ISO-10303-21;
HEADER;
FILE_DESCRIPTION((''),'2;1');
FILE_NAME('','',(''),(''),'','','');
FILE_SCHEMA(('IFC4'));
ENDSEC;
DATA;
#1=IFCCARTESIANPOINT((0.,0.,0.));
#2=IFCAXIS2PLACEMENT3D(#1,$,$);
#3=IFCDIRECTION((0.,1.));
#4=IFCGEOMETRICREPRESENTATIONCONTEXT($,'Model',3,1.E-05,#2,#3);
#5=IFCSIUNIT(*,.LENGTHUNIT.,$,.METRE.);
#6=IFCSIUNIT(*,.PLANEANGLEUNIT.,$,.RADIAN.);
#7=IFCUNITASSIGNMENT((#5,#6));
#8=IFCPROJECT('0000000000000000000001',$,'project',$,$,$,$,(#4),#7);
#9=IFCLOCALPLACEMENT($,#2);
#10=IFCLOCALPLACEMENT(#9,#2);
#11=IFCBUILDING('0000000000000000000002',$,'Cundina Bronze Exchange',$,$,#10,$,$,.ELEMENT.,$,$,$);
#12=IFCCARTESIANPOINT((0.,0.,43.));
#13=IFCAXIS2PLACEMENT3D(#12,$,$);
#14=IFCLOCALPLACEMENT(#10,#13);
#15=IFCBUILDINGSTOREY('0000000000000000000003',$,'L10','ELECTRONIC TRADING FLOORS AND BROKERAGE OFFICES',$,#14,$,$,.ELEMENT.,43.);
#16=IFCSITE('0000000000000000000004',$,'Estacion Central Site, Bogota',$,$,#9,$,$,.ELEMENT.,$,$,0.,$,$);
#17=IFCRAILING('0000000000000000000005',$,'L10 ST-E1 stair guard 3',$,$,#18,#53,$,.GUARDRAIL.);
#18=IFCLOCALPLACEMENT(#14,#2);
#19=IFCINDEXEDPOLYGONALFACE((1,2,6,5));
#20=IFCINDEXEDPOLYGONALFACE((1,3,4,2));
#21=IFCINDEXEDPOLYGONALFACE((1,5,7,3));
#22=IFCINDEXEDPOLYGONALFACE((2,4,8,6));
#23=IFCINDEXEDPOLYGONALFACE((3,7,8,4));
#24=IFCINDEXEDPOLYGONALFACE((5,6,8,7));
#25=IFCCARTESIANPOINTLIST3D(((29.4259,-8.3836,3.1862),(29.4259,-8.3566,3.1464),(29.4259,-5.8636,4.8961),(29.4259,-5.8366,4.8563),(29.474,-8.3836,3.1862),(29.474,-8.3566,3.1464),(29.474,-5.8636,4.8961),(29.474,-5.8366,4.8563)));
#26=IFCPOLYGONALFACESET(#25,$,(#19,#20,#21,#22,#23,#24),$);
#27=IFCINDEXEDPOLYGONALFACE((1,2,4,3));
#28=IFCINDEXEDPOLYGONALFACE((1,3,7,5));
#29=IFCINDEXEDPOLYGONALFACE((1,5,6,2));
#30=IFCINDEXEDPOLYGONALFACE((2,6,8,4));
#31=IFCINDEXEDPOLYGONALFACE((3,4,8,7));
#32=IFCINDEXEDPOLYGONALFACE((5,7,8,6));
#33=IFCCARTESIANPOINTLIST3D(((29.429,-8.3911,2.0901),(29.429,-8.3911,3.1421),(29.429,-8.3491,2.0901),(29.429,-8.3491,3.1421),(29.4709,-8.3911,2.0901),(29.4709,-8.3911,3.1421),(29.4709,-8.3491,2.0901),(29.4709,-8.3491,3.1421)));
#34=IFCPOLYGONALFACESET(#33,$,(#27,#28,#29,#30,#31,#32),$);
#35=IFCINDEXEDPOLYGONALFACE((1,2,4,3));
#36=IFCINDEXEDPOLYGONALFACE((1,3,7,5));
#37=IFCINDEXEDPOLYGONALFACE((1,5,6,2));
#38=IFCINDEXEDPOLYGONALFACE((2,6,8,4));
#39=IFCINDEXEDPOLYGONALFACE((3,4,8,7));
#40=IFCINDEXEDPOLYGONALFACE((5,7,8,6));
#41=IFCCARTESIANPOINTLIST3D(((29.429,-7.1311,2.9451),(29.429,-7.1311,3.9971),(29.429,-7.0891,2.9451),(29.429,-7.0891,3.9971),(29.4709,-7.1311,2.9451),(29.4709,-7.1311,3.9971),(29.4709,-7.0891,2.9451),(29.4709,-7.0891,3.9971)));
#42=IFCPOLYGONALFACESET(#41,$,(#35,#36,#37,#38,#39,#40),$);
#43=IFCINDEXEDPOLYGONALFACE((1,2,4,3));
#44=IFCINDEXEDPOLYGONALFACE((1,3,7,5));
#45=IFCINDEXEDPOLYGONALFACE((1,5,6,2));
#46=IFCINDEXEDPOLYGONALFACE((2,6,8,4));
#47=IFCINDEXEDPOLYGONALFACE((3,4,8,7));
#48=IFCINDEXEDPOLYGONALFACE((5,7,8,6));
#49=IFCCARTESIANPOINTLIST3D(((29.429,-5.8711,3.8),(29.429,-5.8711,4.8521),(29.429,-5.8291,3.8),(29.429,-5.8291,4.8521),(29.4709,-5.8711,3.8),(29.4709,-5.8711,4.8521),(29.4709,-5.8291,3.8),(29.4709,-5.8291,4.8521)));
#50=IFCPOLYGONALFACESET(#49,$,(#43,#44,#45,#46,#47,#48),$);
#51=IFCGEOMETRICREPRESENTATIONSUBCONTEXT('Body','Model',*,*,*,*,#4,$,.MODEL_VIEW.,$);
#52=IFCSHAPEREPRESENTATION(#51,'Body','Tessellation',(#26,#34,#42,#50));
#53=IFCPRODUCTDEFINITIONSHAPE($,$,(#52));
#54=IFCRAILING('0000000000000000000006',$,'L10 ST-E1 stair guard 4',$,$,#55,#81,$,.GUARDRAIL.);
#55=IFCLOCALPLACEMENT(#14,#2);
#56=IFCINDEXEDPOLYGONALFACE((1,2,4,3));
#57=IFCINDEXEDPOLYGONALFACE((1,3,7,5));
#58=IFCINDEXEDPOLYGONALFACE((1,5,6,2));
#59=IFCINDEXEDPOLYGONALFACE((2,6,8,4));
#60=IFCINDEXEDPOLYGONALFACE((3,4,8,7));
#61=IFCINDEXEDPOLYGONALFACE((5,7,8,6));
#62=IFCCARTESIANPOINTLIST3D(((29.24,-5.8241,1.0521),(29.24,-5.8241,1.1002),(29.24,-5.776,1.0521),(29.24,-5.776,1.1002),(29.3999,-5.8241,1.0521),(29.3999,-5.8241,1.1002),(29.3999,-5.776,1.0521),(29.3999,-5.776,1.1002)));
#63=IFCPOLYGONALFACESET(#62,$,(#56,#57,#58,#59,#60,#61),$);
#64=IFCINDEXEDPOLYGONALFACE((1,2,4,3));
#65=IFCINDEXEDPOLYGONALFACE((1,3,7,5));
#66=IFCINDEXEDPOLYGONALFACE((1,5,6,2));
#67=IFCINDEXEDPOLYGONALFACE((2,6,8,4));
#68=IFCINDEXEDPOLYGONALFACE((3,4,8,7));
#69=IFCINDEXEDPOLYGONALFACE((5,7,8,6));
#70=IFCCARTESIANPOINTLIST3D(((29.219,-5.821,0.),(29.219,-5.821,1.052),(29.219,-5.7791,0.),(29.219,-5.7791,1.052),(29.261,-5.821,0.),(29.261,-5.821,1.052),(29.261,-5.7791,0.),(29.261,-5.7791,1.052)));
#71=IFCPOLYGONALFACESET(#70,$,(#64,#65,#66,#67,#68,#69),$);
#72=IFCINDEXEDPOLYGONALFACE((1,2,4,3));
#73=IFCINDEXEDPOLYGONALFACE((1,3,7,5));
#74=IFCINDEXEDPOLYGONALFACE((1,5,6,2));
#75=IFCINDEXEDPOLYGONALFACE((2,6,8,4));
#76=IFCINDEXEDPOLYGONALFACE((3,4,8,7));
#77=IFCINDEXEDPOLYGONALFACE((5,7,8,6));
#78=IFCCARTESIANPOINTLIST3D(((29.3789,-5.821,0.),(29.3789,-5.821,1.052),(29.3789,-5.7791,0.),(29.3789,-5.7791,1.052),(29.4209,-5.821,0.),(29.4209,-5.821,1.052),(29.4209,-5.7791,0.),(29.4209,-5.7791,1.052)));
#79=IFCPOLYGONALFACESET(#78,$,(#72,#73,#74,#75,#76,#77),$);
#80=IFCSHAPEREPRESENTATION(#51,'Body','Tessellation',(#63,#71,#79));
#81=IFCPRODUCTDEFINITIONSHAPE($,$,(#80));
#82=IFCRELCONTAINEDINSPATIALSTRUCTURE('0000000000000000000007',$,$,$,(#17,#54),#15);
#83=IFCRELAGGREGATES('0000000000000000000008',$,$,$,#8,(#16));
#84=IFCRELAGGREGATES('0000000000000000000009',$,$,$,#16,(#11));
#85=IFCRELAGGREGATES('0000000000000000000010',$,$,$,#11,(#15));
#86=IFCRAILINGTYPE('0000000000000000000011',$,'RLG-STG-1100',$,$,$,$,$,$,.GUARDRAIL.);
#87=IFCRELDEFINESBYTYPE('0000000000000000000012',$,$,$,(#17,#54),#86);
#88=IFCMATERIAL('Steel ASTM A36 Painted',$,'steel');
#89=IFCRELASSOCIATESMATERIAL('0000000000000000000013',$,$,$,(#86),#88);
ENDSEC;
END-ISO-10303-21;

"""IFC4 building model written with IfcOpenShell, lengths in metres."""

from ifc_helpers import new_model, si_unit, direction, frame, origin, origin_2d, place, context, subcontext, project, spatial, rectangle, extrude, material, type_object, element, save


model = new_model("IFC4")

# Units and contexts
model_context = context("Model", 3, precision=1e-05, world=origin(), true_north=direction((0.0, 1.0)))
body_context = subcontext(model_context, "Body", "Model", "MODEL_VIEW")
ifc_project = project(units=[si_unit("LENGTHUNIT", "METRE"), si_unit("PLANEANGLEUNIT", "RADIAN")], contexts=[model_context])

# Site, building, storey
site_placement = place(None, origin())
site = spatial("IfcSite", under=ifc_project, at=site_placement, Name="Estacion Central Site, Bogota", CompositionType="ELEMENT", RefElevation=0.0)
building_placement = place(site_placement, origin())
building = spatial("IfcBuilding", under=site, at=building_placement, Name="Cundina Bronze Exchange", CompositionType="ELEMENT")
storey_placement = place(building_placement, frame((0.0, 0.0, 43.0)))
storey = spatial("IfcBuildingStorey", under=building, at=storey_placement, Name="L10", Description="ELECTRONIC TRADING FLOORS AND BROKERAGE OFFICES", CompositionType="ELEMENT", Elevation=43.0)

# Railings
ifc_material_1 = material(Name="Steel ASTM A36 Painted", Category="steel")
railing_type_1 = type_object("IfcRailingType", Name="RLG-STG-1100", PredefinedType="GUARDRAIL", material=ifc_material_1)
railing_1_placement = place(storey_placement, frame((29.45, -8.3701, 2.0901)))
element("IfcRailing", 1, at=railing_1_placement, inside=storey, type_object=railing_type_1, Name="L10 ST-E1 stair guard 3", PredefinedType="GUARDRAIL", context=body_context, shape_type="SweptSolid", body=[
    extrude(rectangle(XDim=0.0481, YDim=0.0481, at=origin_2d()), frame((0.0, 0.0, 1.0762), z_axis=(0.0, 0.827484, 0.56149), x_axis=(-1.0, 0.0, 0.0)), (0.0, 0.0, 1.0), 3.0454),
    extrude(rectangle(XDim=0.042, YDim=0.042, at=origin_2d()), origin(), (0.0, 0.0, 1.0), 1.052),
    extrude(rectangle(XDim=0.042, YDim=0.042, at=origin_2d()), frame((0.0, 1.26, 0.855)), (0.0, 0.0, 1.0), 1.052),
    extrude(rectangle(XDim=0.042, YDim=0.042, at=origin_2d()), frame((0.0, 2.52, 1.71)), (0.0, 0.0, 1.0), 1.052),
])
railing_2_placement = place(storey_placement, frame((29.24, -5.8, 0.0)))
element("IfcRailing", 2, at=railing_2_placement, inside=storey, type_object=railing_type_1, Name="L10 ST-E1 stair guard 4", PredefinedType="GUARDRAIL", context=body_context, shape_type="SweptSolid", body=[
    extrude(rectangle(XDim=0.0481, YDim=0.0481, at=origin_2d()), frame((0.0, 0.0, 1.0762), z_axis=(1.0, 0.0, 0.0), x_axis=(0.0, 1.0, 0.0)), (0.0, 0.0, 1.0), 0.1599),
    extrude(rectangle(XDim=0.042, YDim=0.042, at=origin_2d()), origin(), (0.0, 0.0, 1.0), 1.052),
    extrude(rectangle(XDim=0.042, YDim=0.042, at=origin_2d()), frame((0.1599, 0.0, 0.0)), (0.0, 0.0, 1.0), 1.052),
])

save(model, "model.ifc")
